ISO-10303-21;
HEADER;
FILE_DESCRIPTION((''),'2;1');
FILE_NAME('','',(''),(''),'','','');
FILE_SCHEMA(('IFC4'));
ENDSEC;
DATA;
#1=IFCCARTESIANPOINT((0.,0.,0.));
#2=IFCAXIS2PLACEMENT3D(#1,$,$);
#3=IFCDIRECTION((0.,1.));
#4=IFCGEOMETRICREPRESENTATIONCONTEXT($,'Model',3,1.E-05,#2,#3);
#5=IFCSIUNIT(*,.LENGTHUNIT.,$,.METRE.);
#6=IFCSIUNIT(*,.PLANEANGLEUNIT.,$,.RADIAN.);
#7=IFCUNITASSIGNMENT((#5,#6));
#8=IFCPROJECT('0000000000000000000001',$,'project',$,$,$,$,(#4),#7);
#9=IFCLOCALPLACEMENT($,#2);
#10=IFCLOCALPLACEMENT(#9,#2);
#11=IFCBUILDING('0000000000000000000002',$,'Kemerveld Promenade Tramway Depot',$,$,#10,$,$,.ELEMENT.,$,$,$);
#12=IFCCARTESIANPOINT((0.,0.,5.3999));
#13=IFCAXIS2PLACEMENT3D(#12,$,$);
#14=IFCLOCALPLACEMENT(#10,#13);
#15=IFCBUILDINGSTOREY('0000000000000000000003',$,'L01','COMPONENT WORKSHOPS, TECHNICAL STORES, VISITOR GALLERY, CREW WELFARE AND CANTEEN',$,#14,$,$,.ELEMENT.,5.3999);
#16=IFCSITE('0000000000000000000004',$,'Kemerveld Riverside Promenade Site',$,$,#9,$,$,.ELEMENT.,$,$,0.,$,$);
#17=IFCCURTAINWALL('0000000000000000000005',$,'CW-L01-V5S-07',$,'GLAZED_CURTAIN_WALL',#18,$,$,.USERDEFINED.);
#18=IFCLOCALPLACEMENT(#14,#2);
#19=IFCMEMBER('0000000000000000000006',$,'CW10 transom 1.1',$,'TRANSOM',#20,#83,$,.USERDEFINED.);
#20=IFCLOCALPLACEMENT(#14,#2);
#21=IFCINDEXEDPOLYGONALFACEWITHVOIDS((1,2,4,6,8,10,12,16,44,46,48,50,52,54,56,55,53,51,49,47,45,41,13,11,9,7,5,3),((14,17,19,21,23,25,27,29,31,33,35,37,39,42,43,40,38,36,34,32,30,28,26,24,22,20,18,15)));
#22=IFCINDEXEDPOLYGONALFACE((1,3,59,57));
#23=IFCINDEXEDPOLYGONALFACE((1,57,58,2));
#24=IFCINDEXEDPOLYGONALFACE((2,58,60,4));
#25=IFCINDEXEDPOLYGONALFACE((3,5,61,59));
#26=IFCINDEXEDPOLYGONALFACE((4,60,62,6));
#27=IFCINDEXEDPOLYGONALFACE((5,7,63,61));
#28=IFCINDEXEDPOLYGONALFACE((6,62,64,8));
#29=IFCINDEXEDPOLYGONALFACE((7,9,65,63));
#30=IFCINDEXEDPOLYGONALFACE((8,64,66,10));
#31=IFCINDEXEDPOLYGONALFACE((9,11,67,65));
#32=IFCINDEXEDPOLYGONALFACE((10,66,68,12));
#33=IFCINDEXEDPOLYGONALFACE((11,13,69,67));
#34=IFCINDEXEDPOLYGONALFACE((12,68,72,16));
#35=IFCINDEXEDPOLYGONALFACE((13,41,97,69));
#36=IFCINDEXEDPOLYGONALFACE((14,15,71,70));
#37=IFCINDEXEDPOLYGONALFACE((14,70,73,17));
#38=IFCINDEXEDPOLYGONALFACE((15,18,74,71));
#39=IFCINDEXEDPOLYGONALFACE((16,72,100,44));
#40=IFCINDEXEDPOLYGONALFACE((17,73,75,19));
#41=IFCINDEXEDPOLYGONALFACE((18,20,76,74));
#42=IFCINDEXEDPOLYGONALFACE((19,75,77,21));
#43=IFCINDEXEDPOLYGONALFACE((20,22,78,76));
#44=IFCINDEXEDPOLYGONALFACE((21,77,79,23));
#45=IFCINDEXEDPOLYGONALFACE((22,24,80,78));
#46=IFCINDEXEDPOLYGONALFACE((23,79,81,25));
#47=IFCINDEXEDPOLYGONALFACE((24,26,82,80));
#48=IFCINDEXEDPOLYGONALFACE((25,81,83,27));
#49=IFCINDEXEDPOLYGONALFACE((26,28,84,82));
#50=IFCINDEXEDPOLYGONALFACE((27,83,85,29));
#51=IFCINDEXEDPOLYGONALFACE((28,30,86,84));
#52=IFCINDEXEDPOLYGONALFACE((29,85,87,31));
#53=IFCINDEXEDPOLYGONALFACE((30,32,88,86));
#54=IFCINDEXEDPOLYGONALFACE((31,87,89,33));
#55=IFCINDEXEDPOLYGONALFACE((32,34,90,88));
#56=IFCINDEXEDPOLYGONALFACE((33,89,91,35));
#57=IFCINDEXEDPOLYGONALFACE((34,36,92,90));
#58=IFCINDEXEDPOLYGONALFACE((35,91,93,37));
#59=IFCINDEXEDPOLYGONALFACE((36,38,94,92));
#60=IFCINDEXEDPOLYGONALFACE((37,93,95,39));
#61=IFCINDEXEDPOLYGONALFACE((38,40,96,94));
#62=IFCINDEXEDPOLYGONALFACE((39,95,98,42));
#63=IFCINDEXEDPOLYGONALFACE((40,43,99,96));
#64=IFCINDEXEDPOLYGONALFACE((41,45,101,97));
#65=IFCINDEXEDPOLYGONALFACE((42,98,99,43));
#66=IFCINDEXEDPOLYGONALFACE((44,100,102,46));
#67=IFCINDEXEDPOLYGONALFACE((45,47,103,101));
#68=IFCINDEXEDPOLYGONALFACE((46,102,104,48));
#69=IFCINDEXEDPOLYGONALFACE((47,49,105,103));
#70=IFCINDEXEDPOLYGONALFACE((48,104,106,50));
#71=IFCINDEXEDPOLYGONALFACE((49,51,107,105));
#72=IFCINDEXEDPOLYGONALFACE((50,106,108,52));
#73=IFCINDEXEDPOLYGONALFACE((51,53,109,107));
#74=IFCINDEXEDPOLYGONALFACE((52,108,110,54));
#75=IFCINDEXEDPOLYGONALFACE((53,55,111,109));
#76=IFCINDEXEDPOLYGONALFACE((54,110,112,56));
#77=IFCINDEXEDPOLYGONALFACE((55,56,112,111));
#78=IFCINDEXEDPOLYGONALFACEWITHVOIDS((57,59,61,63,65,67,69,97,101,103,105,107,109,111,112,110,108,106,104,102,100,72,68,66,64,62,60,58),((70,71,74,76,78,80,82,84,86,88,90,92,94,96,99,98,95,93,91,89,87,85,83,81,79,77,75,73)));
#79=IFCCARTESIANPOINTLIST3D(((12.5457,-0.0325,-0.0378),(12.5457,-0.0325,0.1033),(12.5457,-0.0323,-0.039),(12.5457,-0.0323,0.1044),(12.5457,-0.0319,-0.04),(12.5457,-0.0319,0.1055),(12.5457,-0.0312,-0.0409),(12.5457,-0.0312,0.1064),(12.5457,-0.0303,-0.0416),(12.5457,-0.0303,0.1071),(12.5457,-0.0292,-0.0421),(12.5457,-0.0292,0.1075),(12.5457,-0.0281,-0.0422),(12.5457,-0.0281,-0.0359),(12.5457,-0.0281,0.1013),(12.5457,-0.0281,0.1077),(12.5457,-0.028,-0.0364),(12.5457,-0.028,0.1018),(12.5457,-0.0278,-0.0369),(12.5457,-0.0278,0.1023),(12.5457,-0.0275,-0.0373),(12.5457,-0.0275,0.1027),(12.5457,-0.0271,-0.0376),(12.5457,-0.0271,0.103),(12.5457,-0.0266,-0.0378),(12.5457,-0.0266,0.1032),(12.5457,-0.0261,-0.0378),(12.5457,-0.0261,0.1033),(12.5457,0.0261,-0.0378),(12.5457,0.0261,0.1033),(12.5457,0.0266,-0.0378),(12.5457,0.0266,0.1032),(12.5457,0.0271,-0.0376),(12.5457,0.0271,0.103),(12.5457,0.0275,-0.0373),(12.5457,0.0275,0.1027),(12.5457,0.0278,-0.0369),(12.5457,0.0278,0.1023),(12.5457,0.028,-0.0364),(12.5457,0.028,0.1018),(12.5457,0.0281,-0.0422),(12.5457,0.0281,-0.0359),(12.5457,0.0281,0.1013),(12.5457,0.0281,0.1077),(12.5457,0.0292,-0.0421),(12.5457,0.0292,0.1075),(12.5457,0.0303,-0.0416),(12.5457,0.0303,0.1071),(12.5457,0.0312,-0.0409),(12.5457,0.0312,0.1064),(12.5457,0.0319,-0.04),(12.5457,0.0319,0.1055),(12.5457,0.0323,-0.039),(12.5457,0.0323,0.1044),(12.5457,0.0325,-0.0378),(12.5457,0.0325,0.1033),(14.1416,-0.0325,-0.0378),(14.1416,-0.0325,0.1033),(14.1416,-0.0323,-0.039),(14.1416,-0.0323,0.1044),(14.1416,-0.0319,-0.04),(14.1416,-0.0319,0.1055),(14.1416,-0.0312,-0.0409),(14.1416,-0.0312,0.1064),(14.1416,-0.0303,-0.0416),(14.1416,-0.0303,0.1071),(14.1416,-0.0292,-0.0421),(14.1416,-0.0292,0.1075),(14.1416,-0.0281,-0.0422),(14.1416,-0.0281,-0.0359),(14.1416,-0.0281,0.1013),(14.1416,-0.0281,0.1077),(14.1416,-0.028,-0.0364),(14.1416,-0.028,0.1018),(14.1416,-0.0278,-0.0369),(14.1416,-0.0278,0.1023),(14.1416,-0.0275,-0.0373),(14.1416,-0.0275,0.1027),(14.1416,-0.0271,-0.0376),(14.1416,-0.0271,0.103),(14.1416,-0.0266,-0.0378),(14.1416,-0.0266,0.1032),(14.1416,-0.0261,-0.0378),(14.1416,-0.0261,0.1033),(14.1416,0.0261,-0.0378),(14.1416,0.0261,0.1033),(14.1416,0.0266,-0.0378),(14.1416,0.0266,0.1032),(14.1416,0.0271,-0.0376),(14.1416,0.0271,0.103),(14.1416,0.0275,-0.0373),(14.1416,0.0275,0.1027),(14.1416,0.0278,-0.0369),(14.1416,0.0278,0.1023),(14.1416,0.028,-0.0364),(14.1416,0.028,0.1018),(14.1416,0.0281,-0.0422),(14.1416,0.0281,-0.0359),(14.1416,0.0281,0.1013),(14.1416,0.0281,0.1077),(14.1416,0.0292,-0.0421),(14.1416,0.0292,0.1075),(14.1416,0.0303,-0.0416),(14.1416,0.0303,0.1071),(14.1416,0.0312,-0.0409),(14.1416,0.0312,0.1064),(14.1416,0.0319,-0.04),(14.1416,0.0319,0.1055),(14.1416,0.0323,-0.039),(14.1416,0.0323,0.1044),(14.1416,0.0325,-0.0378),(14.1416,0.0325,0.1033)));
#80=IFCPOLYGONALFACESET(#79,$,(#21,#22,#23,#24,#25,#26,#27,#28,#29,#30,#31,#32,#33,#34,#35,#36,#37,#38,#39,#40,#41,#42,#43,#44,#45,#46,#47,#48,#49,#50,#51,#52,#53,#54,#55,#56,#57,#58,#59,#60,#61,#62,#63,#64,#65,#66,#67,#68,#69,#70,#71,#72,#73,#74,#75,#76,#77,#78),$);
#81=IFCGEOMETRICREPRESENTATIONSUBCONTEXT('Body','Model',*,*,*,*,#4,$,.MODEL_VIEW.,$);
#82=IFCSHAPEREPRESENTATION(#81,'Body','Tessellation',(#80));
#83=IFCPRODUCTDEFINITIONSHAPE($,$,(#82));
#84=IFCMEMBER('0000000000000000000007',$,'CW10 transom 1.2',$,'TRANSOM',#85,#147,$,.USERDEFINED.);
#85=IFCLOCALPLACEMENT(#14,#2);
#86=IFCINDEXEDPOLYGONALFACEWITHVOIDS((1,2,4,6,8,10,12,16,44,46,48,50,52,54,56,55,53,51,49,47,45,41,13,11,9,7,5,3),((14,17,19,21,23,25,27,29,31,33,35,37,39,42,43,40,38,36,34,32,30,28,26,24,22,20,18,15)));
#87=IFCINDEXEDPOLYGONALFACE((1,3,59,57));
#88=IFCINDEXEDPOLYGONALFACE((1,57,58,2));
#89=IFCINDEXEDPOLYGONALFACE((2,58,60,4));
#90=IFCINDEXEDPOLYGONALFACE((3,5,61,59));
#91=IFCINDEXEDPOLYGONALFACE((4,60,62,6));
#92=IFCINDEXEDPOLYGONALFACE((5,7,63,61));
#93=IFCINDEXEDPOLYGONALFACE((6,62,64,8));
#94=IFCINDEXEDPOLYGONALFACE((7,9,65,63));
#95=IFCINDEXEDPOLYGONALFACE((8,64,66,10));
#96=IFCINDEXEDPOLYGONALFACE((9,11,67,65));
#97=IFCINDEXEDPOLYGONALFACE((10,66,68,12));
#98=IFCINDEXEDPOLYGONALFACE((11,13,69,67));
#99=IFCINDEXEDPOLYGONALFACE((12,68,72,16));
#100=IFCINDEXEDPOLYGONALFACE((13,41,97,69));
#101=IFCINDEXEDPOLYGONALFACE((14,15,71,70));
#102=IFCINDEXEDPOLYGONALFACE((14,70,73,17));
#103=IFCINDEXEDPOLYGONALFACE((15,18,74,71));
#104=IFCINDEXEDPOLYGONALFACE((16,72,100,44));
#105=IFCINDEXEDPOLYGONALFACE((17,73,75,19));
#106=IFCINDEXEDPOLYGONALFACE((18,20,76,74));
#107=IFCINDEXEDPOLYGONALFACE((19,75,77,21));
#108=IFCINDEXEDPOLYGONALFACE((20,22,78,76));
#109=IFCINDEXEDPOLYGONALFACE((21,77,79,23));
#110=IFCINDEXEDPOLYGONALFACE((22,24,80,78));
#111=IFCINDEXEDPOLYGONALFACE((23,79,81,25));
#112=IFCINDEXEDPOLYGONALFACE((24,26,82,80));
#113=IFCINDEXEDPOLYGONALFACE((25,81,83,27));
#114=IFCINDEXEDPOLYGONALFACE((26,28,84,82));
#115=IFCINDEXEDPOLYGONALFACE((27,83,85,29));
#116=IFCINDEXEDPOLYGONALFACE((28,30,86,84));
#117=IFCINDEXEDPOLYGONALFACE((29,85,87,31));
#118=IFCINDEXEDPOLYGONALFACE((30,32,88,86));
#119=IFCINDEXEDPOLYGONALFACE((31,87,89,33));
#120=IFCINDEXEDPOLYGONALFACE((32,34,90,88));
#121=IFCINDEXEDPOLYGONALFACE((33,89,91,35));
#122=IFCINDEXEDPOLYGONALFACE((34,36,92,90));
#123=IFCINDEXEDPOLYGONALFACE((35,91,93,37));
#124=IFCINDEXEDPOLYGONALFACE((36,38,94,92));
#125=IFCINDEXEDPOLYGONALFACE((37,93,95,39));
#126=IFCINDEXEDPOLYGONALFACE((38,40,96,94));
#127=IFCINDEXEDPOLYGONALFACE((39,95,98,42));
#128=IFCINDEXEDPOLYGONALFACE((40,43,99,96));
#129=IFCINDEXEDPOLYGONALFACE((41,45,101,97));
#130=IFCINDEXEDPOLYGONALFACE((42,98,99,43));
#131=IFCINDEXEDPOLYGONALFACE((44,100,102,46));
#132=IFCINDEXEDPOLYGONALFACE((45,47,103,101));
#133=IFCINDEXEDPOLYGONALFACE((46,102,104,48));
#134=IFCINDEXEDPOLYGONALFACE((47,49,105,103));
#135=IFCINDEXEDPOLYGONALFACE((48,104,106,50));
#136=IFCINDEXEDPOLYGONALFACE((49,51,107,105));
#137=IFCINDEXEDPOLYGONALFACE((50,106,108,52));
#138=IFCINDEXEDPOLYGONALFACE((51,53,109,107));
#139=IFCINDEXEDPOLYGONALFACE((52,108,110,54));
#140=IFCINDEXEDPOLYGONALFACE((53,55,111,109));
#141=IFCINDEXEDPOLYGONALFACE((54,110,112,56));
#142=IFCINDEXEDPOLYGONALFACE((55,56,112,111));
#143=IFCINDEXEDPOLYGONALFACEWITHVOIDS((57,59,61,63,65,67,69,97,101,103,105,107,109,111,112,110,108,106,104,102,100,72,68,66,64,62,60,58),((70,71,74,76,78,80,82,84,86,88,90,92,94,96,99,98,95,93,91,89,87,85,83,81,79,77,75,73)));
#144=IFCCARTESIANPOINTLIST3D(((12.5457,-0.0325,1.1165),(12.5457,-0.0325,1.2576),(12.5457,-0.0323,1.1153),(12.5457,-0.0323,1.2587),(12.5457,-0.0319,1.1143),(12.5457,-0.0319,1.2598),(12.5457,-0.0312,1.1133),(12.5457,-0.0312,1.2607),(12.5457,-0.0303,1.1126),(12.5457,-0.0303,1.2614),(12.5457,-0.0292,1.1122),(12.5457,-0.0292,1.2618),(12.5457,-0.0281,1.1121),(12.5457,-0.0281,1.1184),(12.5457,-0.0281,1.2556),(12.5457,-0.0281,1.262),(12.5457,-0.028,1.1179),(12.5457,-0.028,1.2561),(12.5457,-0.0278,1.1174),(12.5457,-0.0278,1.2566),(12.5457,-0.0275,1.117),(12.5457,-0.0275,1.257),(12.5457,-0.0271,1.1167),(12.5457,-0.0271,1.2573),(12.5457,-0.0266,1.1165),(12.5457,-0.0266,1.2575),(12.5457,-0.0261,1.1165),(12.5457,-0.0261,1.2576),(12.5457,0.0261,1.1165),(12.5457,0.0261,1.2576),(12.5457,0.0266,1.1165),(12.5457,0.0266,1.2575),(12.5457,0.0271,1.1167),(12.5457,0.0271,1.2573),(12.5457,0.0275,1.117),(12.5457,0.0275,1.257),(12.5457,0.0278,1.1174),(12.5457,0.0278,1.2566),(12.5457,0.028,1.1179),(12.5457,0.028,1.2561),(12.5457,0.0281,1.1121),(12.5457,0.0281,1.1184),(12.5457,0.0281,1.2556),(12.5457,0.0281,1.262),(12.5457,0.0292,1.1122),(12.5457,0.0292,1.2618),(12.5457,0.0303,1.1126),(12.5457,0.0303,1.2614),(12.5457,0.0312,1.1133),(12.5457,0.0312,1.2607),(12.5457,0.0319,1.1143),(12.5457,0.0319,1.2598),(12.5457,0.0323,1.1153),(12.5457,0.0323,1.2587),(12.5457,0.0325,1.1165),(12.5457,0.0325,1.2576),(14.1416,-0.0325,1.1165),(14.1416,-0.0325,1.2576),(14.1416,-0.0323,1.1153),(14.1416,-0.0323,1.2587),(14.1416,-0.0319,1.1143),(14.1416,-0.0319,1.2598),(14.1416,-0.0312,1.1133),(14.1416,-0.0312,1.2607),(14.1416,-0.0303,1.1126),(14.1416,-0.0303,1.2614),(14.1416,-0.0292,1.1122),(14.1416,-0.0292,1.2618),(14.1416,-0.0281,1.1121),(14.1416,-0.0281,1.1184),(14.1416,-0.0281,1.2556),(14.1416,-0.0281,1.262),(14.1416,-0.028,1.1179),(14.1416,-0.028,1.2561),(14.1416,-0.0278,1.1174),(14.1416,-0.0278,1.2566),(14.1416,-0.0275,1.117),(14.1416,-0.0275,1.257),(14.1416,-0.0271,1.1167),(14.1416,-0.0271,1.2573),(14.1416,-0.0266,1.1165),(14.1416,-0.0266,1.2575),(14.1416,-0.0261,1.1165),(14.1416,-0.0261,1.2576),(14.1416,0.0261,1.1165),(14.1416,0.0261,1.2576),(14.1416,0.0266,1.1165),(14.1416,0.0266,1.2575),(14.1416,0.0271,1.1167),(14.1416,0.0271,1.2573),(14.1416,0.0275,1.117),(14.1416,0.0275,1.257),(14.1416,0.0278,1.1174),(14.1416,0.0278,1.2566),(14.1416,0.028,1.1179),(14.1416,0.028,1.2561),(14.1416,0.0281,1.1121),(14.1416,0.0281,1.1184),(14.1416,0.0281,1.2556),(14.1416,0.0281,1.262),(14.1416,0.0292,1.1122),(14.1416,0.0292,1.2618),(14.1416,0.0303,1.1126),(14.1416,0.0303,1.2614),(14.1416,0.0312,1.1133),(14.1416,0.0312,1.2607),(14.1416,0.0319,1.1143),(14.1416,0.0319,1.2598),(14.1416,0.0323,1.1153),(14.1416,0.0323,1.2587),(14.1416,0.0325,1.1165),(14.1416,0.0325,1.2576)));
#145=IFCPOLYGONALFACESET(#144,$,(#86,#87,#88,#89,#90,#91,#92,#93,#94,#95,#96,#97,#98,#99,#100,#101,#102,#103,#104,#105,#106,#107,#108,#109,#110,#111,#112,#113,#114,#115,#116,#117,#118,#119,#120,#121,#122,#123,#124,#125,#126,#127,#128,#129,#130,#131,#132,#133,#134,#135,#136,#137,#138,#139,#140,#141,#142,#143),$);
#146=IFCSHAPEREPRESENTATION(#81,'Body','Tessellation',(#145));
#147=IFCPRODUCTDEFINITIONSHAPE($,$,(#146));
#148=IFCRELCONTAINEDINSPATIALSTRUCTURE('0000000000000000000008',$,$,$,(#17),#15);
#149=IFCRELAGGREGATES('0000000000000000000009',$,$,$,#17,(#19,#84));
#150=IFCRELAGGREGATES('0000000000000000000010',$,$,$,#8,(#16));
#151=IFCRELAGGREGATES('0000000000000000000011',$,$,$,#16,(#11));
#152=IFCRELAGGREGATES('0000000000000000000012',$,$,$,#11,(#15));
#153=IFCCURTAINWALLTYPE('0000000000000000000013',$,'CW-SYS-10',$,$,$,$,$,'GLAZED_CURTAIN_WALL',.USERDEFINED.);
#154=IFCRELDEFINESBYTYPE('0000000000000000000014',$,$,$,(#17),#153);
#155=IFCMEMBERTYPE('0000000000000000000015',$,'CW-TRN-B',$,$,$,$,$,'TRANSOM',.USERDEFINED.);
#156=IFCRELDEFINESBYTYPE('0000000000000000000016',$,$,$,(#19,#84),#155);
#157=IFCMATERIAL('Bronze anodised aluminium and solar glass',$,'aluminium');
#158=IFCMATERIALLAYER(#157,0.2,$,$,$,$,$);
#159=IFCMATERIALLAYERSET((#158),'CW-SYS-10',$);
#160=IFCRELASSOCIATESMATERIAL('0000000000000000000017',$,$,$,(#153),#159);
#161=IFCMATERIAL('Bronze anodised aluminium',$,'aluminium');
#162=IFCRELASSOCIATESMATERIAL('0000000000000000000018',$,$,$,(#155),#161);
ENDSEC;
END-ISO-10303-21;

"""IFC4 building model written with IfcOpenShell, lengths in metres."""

from ifc_helpers import new_model, si_unit, direction, frame, origin, origin_2d, place, context, subcontext, project, spatial, hollow_rectangle, extrude, material, layer, layer_set, material_profile, profile_set, type_object, element, aggregate, save


model = new_model("IFC4")

# Units and contexts
model_context = context("Model", 3, precision=1e-05, world=origin(), true_north=direction((0.0, 1.0)))
body_context = subcontext(model_context, "Body", "Model", "MODEL_VIEW")
ifc_project = project(units=[si_unit("LENGTHUNIT", "METRE"), si_unit("PLANEANGLEUNIT", "RADIAN")], contexts=[model_context])

# Site, building, storey
site_placement = place(None, origin())
site = spatial("IfcSite", under=ifc_project, at=site_placement, Name="Kemerveld Riverside Promenade Site", CompositionType="ELEMENT", RefElevation=0.0)
building_placement = place(site_placement, origin())
building = spatial("IfcBuilding", under=site, at=building_placement, Name="Kemerveld Promenade Tramway Depot", CompositionType="ELEMENT")
storey_placement = place(building_placement, frame((0.0, 0.0, 5.3999)))
storey = spatial("IfcBuildingStorey", under=building, at=storey_placement, Name="L01", Description="COMPONENT WORKSHOPS, TECHNICAL STORES, VISITOR GALLERY, CREW WELFARE AND CANTEEN", CompositionType="ELEMENT", Elevation=5.3999)

# Curtain wall, members
ifc_material_1 = material(Name="Bronze anodised aluminium and solar glass", Category="aluminium")
ifc_layer_1 = layer(ifc_material_1, 0.2)
ifc_layer_set_1 = layer_set([ifc_layer_1], Name="CW-SYS-10")
curtain_wall_type = type_object("IfcCurtainWallType", Name="CW-SYS-10", ElementType="GLAZED_CURTAIN_WALL", PredefinedType="USERDEFINED", material=ifc_layer_set_1)
curtain_wall_placement = place(storey_placement, origin())
curtain_wall = element("IfcCurtainWall", 1, at=curtain_wall_placement, inside=storey, type_object=curtain_wall_type, Name="CW-L01-V5S-07", ObjectType="GLAZED_CURTAIN_WALL", PredefinedType="USERDEFINED")
ifc_material_2 = material(Name="Bronze anodised aluminium", Category="aluminium")
ifc_material_profile_1 = material_profile(ifc_material_2, hollow_rectangle(XDim=0.0649, YDim=0.1499, WallThickness=0.0044, InnerFilletRadius=0.002, OuterFilletRadius=0.0044, at=origin_2d()), Name="CW-TRN-150x65")
ifc_profile_set_1 = profile_set([ifc_material_profile_1], Name="Bronze anodised aluminium")
member_type_1 = type_object("IfcMemberType", Name="CW-TRN-B", ElementType="TRANSOM", PredefinedType="USERDEFINED", material=ifc_profile_set_1)
member_1_placement = place(storey_placement, frame((14.1416, 0.0, 0.0327), z_axis=(-1.0, 0.0, 0.0), x_axis=(0.0, -1.0, 0.0)))
member_1 = element("IfcMember", 2, at=member_1_placement, type_object=member_type_1, Name="CW10 transom 1.1", ObjectType="TRANSOM", PredefinedType="USERDEFINED", context=body_context, shape_type="SweptSolid", body=[
    extrude(hollow_rectangle(XDim=0.0649, YDim=0.1499, WallThickness=0.0044, InnerFilletRadius=0.002, OuterFilletRadius=0.0044, at=origin_2d()), origin(), (0.0, 0.0, 1.0), 1.5959),
])
member_2_placement = place(storey_placement, frame((14.1416, 0.0, 1.187), z_axis=(-1.0, 0.0, 0.0), x_axis=(0.0, -1.0, 0.0)))
member_2 = element("IfcMember", 3, at=member_2_placement, type_object=member_type_1, Name="CW10 transom 1.2", ObjectType="TRANSOM", PredefinedType="USERDEFINED", context=body_context, shape_type="SweptSolid", body=[
    extrude(hollow_rectangle(XDim=0.0649, YDim=0.1499, WallThickness=0.0044, InnerFilletRadius=0.002, OuterFilletRadius=0.0044, at=origin_2d()), origin(), (0.0, 0.0, 1.0), 1.5959),
])
aggregate(curtain_wall, [member_1, member_2])

save(model, "model.ifc")
